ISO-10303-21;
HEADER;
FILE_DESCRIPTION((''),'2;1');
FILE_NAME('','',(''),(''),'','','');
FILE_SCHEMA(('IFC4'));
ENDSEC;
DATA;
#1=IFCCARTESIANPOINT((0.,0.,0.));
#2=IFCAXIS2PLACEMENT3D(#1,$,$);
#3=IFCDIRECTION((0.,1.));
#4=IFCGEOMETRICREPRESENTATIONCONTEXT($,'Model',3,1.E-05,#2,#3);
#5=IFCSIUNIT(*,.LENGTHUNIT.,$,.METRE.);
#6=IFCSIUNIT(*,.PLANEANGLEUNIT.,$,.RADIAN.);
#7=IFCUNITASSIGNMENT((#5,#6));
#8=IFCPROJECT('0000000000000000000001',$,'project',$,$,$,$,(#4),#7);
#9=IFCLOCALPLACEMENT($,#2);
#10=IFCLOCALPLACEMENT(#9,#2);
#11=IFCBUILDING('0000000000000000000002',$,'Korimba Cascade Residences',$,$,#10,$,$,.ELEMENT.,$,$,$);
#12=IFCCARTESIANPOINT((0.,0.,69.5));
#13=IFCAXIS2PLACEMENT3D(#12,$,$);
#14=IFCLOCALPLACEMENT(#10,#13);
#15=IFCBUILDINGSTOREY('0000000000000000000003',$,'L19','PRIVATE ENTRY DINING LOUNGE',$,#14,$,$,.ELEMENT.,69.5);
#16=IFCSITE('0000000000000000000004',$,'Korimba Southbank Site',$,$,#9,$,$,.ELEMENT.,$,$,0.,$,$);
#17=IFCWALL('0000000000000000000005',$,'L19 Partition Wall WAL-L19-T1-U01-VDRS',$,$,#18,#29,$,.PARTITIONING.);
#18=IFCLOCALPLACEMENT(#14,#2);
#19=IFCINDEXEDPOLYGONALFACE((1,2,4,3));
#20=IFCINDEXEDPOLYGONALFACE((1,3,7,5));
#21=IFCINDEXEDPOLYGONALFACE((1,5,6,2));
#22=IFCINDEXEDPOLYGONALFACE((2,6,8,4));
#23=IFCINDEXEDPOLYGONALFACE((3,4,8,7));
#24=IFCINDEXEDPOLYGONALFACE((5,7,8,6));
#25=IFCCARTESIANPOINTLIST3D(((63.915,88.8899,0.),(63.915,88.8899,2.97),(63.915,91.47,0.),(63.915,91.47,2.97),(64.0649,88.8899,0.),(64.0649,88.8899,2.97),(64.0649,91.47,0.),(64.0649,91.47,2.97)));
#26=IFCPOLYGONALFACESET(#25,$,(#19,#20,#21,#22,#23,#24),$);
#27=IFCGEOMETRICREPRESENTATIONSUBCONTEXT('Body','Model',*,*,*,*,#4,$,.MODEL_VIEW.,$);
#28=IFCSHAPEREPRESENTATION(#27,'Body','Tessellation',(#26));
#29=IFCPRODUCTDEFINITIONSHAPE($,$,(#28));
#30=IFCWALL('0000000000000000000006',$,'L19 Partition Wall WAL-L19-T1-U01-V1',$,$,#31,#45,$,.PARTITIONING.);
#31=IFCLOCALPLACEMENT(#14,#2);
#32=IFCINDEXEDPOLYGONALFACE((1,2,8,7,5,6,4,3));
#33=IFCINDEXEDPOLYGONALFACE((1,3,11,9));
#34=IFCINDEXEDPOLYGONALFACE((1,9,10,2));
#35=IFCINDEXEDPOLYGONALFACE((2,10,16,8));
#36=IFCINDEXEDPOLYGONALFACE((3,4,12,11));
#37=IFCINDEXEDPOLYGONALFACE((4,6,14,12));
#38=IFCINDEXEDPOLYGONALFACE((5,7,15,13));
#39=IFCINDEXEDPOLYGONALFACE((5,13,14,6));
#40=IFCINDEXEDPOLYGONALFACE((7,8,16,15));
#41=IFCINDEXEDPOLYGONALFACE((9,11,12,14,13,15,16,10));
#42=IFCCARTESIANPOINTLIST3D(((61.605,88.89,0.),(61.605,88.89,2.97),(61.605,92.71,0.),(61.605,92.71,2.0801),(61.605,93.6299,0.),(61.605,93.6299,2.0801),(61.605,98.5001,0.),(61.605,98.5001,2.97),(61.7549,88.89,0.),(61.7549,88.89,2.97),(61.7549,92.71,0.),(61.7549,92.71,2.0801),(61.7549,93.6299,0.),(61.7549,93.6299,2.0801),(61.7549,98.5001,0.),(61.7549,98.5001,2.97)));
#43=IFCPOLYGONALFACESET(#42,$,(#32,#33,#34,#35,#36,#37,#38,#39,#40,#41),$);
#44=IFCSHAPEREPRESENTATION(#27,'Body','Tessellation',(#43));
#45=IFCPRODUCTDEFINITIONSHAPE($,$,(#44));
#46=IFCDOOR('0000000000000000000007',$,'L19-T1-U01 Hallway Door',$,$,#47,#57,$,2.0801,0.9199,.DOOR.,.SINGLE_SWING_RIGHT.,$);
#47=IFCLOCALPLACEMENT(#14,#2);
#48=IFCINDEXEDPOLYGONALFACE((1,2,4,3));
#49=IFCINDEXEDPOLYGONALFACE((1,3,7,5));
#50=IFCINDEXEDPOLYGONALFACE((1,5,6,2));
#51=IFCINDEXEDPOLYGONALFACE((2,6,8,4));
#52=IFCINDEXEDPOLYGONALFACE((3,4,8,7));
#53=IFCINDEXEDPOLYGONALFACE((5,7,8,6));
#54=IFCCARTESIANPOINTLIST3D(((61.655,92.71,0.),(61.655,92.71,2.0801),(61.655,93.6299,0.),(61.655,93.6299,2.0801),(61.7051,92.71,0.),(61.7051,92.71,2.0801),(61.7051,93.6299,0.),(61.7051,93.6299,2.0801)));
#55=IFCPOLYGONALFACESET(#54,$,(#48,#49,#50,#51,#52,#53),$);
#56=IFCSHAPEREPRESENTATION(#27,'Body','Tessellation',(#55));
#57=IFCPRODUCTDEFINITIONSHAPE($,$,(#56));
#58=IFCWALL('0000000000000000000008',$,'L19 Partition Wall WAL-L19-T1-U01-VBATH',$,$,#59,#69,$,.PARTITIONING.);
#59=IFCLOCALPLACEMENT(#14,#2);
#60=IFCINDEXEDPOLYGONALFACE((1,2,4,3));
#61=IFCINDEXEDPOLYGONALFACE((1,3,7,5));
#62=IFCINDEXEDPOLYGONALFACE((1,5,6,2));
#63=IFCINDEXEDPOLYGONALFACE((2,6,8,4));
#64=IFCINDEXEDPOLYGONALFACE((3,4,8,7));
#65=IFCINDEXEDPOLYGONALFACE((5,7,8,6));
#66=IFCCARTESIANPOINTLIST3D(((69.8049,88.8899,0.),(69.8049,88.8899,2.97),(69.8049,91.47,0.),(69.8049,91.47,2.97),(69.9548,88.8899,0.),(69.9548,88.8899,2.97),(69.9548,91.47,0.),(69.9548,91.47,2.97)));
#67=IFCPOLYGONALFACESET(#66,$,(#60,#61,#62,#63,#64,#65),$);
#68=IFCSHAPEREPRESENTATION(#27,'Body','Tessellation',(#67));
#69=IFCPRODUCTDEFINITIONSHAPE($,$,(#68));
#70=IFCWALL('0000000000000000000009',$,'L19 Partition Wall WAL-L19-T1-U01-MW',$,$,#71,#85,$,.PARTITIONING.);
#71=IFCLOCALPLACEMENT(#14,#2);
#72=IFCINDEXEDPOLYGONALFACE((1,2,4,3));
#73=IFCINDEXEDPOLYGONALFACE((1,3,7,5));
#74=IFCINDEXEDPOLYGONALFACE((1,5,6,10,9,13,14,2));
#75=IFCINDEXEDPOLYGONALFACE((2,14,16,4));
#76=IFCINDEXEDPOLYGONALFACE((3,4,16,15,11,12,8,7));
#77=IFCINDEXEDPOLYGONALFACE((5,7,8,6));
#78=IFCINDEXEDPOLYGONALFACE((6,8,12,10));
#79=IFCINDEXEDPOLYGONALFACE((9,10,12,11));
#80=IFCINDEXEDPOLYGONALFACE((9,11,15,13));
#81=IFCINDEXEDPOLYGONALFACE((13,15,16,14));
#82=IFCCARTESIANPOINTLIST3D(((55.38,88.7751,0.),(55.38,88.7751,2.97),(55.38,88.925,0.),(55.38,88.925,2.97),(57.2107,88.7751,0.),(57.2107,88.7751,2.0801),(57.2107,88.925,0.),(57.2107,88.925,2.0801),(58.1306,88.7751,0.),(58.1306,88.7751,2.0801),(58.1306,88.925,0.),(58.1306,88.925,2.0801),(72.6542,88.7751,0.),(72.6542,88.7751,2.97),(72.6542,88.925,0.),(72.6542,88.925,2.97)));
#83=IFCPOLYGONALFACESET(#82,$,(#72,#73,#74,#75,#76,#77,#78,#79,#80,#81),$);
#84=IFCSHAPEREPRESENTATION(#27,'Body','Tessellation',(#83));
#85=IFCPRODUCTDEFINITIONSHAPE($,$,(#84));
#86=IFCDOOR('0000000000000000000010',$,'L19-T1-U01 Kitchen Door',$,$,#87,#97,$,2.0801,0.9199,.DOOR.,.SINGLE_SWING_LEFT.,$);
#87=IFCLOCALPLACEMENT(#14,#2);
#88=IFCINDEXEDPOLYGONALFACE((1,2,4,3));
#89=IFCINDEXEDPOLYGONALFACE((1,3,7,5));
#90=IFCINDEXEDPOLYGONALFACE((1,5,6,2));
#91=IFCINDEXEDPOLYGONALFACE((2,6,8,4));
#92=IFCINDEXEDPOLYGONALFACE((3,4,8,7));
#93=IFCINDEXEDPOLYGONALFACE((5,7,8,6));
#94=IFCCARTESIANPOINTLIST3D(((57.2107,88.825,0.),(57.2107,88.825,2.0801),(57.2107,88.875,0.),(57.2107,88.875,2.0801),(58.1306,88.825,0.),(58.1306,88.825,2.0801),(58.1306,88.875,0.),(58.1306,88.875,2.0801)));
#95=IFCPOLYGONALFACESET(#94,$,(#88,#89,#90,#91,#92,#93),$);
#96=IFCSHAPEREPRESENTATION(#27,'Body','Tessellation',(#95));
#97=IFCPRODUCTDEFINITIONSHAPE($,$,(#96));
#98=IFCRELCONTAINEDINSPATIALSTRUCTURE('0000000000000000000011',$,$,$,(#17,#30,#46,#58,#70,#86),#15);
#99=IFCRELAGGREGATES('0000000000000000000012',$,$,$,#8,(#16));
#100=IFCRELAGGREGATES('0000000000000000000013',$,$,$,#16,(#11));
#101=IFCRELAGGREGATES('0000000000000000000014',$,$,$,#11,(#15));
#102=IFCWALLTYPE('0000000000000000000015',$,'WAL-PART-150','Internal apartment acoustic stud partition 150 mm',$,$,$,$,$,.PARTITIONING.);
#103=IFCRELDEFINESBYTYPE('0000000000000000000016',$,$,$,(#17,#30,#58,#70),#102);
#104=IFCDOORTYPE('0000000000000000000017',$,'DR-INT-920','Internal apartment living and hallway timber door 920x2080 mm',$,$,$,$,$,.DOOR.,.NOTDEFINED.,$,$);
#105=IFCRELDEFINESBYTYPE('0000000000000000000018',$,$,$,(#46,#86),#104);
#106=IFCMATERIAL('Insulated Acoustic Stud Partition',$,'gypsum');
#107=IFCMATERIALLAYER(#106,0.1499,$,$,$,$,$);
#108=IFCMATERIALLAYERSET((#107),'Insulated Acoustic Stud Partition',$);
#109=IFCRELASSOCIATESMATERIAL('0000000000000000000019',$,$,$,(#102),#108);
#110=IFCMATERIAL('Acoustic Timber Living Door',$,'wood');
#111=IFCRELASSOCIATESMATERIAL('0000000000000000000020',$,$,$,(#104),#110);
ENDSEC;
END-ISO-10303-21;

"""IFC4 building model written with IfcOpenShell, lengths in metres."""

from ifc_helpers import new_model, si_unit, direction, frame, frame_2d, origin, place, context, subcontext, project, spatial, rectangle, extrude, material, layer, layer_set, type_object, element, fill, save


model = new_model("IFC4")

# Units and contexts
model_context = context("Model", 3, precision=1e-05, world=origin(), true_north=direction((0.0, 1.0)))
body_context = subcontext(model_context, "Body", "Model", "MODEL_VIEW")
ifc_project = project(units=[si_unit("LENGTHUNIT", "METRE"), si_unit("PLANEANGLEUNIT", "RADIAN")], contexts=[model_context])

# Site, building, storey
site_placement = place(None, origin())
site = spatial("IfcSite", under=ifc_project, at=site_placement, Name="Korimba Southbank Site", CompositionType="ELEMENT", RefElevation=0.0)
building_placement = place(site_placement, origin())
building = spatial("IfcBuilding", under=site, at=building_placement, Name="Korimba Cascade Residences", CompositionType="ELEMENT")
storey_placement = place(building_placement, frame((0.0, 0.0, 69.5)))
storey = spatial("IfcBuildingStorey", under=building, at=storey_placement, Name="L19", Description="PRIVATE ENTRY DINING LOUNGE", CompositionType="ELEMENT", Elevation=69.5)

# Shared definitions
ifc_material_1 = material(Name="Insulated Acoustic Stud Partition", Category="gypsum")
ifc_layer_1 = layer(ifc_material_1, 0.1499)
ifc_layer_set_1 = layer_set([ifc_layer_1], Name="Insulated Acoustic Stud Partition")
wall_type_1 = type_object("IfcWallType", Name="WAL-PART-150", Description="Internal apartment acoustic stud partition 150 mm", PredefinedType="PARTITIONING", material=ifc_layer_set_1)

# Wall
wall_1_placement = place(storey_placement, frame((63.99, 88.8899, 0.0), z_axis=(0.0, 0.0, 1.0), x_axis=(0.0, 1.0, 0.0)))
element("IfcWall", 1, at=wall_1_placement, inside=storey, type_object=wall_type_1, Name="L19 Partition Wall WAL-L19-T1-U01-VDRS", PredefinedType="PARTITIONING", context=body_context, shape_type="SweptSolid", body=[
    extrude(rectangle(XDim=2.5801, YDim=0.1499, at=frame_2d((1.29, 0.0))), origin(), (0.0, 0.0, 1.0), 2.97),
])

# Wall, opening, door
wall_2_placement = place(storey_placement, frame((61.6799, 88.8899, 0.0), z_axis=(0.0, 0.0, 1.0), x_axis=(0.0, 1.0, 0.0)))
wall_2 = element("IfcWall", 2, at=wall_2_placement, inside=storey, type_object=wall_type_1, Name="L19 Partition Wall WAL-L19-T1-U01-V1", PredefinedType="PARTITIONING", context=body_context, shape_type="SweptSolid", body=[
    extrude(rectangle(XDim=9.6101, YDim=0.1499, at=frame_2d((4.8052, 0.0))), origin(), (0.0, 0.0, 1.0), 2.97),
])
opening_1_placement = place(wall_2_placement, frame((3.8201, 0.0, 0.0)))
opening_1 = element("IfcOpeningElement", 3, at=opening_1_placement, cuts=wall_2, PredefinedType="OPENING", context=body_context, shape_type="SweptSolid", body=[
    extrude(rectangle(XDim=0.9199, YDim=2.0801, at=frame_2d((0.46, 1.04))), frame((0.0, 0.085, 0.0), z_axis=(0.0, -1.0, 0.0), x_axis=(1.0, 0.0, 0.0)), (0.0, 0.0, 1.0), 0.1699),
])
ifc_material_2 = material(Name="Acoustic Timber Living Door", Category="wood")
door_type_1 = type_object("IfcDoorType", Name="DR-INT-920", Description="Internal apartment living and hallway timber door 920x2080 mm", OperationType="NOTDEFINED", PredefinedType="DOOR", material=ifc_material_2)
door_1_placement = place(opening_1_placement, origin())
door_1 = element("IfcDoor", 4, at=door_1_placement, inside=storey, type_object=door_type_1, Name="L19-T1-U01 Hallway Door", OperationType="SINGLE_SWING_RIGHT", OverallHeight=2.0801, OverallWidth=0.9199, PredefinedType="DOOR", context=body_context, shape_type="SweptSolid", body=[
    extrude(rectangle(XDim=0.9199, YDim=2.0801, at=frame_2d((0.46, 1.04))), frame((0.0, 0.0249, 0.0), z_axis=(0.0, -1.0, 0.0), x_axis=(1.0, 0.0, 0.0)), (0.0, 0.0, 1.0), 0.05),
])
fill(opening_1, door_1)

# Wall
wall_3_placement = place(storey_placement, frame((69.8799, 88.8899, 0.0), z_axis=(0.0, 0.0, 1.0), x_axis=(0.0, 1.0, 0.0)))
element("IfcWall", 5, at=wall_3_placement, inside=storey, type_object=wall_type_1, Name="L19 Partition Wall WAL-L19-T1-U01-VBATH", PredefinedType="PARTITIONING", context=body_context, shape_type="SweptSolid", body=[
    extrude(rectangle(XDim=2.5801, YDim=0.1499, at=frame_2d((1.29, 0.0))), origin(), (0.0, 0.0, 1.0), 2.97),
])

# Wall, opening, door
wall_4_placement = place(storey_placement, frame((55.3799, 88.8501, 0.0), z_axis=(0.0, 0.0, 1.0), x_axis=(1.0, 0.0, 0.0)))
wall_4 = element("IfcWall", 6, at=wall_4_placement, inside=storey, type_object=wall_type_1, Name="L19 Partition Wall WAL-L19-T1-U01-MW", PredefinedType="PARTITIONING", context=body_context, shape_type="SweptSolid", body=[
    extrude(rectangle(XDim=17.2742, YDim=0.1499, at=frame_2d((8.6372, 0.0))), origin(), (0.0, 0.0, 1.0), 2.97),
])
opening_2_placement = place(wall_4_placement, frame((1.8308, 0.0, 0.0)))
opening_2 = element("IfcOpeningElement", 7, at=opening_2_placement, cuts=wall_4, PredefinedType="OPENING", context=body_context, shape_type="SweptSolid", body=[
    extrude(rectangle(XDim=0.9199, YDim=2.0801, at=frame_2d((0.46, 1.04))), frame((0.0, 0.085, 0.0), z_axis=(0.0, -1.0, 0.0), x_axis=(1.0, 0.0, 0.0)), (0.0, 0.0, 1.0), 0.1699),
])
door_2_placement = place(opening_2_placement, origin())
door_2 = element("IfcDoor", 8, at=door_2_placement, inside=storey, type_object=door_type_1, Name="L19-T1-U01 Kitchen Door", OperationType="SINGLE_SWING_LEFT", OverallHeight=2.0801, OverallWidth=0.9199, PredefinedType="DOOR", context=body_context, shape_type="SweptSolid", body=[
    extrude(rectangle(XDim=0.9199, YDim=2.0801, at=frame_2d((0.46, 1.04))), frame((0.0, 0.0249, 0.0), z_axis=(0.0, -1.0, 0.0), x_axis=(1.0, 0.0, 0.0)), (0.0, 0.0, 1.0), 0.05),
])
fill(opening_2, door_2)

save(model, "model.ifc")
